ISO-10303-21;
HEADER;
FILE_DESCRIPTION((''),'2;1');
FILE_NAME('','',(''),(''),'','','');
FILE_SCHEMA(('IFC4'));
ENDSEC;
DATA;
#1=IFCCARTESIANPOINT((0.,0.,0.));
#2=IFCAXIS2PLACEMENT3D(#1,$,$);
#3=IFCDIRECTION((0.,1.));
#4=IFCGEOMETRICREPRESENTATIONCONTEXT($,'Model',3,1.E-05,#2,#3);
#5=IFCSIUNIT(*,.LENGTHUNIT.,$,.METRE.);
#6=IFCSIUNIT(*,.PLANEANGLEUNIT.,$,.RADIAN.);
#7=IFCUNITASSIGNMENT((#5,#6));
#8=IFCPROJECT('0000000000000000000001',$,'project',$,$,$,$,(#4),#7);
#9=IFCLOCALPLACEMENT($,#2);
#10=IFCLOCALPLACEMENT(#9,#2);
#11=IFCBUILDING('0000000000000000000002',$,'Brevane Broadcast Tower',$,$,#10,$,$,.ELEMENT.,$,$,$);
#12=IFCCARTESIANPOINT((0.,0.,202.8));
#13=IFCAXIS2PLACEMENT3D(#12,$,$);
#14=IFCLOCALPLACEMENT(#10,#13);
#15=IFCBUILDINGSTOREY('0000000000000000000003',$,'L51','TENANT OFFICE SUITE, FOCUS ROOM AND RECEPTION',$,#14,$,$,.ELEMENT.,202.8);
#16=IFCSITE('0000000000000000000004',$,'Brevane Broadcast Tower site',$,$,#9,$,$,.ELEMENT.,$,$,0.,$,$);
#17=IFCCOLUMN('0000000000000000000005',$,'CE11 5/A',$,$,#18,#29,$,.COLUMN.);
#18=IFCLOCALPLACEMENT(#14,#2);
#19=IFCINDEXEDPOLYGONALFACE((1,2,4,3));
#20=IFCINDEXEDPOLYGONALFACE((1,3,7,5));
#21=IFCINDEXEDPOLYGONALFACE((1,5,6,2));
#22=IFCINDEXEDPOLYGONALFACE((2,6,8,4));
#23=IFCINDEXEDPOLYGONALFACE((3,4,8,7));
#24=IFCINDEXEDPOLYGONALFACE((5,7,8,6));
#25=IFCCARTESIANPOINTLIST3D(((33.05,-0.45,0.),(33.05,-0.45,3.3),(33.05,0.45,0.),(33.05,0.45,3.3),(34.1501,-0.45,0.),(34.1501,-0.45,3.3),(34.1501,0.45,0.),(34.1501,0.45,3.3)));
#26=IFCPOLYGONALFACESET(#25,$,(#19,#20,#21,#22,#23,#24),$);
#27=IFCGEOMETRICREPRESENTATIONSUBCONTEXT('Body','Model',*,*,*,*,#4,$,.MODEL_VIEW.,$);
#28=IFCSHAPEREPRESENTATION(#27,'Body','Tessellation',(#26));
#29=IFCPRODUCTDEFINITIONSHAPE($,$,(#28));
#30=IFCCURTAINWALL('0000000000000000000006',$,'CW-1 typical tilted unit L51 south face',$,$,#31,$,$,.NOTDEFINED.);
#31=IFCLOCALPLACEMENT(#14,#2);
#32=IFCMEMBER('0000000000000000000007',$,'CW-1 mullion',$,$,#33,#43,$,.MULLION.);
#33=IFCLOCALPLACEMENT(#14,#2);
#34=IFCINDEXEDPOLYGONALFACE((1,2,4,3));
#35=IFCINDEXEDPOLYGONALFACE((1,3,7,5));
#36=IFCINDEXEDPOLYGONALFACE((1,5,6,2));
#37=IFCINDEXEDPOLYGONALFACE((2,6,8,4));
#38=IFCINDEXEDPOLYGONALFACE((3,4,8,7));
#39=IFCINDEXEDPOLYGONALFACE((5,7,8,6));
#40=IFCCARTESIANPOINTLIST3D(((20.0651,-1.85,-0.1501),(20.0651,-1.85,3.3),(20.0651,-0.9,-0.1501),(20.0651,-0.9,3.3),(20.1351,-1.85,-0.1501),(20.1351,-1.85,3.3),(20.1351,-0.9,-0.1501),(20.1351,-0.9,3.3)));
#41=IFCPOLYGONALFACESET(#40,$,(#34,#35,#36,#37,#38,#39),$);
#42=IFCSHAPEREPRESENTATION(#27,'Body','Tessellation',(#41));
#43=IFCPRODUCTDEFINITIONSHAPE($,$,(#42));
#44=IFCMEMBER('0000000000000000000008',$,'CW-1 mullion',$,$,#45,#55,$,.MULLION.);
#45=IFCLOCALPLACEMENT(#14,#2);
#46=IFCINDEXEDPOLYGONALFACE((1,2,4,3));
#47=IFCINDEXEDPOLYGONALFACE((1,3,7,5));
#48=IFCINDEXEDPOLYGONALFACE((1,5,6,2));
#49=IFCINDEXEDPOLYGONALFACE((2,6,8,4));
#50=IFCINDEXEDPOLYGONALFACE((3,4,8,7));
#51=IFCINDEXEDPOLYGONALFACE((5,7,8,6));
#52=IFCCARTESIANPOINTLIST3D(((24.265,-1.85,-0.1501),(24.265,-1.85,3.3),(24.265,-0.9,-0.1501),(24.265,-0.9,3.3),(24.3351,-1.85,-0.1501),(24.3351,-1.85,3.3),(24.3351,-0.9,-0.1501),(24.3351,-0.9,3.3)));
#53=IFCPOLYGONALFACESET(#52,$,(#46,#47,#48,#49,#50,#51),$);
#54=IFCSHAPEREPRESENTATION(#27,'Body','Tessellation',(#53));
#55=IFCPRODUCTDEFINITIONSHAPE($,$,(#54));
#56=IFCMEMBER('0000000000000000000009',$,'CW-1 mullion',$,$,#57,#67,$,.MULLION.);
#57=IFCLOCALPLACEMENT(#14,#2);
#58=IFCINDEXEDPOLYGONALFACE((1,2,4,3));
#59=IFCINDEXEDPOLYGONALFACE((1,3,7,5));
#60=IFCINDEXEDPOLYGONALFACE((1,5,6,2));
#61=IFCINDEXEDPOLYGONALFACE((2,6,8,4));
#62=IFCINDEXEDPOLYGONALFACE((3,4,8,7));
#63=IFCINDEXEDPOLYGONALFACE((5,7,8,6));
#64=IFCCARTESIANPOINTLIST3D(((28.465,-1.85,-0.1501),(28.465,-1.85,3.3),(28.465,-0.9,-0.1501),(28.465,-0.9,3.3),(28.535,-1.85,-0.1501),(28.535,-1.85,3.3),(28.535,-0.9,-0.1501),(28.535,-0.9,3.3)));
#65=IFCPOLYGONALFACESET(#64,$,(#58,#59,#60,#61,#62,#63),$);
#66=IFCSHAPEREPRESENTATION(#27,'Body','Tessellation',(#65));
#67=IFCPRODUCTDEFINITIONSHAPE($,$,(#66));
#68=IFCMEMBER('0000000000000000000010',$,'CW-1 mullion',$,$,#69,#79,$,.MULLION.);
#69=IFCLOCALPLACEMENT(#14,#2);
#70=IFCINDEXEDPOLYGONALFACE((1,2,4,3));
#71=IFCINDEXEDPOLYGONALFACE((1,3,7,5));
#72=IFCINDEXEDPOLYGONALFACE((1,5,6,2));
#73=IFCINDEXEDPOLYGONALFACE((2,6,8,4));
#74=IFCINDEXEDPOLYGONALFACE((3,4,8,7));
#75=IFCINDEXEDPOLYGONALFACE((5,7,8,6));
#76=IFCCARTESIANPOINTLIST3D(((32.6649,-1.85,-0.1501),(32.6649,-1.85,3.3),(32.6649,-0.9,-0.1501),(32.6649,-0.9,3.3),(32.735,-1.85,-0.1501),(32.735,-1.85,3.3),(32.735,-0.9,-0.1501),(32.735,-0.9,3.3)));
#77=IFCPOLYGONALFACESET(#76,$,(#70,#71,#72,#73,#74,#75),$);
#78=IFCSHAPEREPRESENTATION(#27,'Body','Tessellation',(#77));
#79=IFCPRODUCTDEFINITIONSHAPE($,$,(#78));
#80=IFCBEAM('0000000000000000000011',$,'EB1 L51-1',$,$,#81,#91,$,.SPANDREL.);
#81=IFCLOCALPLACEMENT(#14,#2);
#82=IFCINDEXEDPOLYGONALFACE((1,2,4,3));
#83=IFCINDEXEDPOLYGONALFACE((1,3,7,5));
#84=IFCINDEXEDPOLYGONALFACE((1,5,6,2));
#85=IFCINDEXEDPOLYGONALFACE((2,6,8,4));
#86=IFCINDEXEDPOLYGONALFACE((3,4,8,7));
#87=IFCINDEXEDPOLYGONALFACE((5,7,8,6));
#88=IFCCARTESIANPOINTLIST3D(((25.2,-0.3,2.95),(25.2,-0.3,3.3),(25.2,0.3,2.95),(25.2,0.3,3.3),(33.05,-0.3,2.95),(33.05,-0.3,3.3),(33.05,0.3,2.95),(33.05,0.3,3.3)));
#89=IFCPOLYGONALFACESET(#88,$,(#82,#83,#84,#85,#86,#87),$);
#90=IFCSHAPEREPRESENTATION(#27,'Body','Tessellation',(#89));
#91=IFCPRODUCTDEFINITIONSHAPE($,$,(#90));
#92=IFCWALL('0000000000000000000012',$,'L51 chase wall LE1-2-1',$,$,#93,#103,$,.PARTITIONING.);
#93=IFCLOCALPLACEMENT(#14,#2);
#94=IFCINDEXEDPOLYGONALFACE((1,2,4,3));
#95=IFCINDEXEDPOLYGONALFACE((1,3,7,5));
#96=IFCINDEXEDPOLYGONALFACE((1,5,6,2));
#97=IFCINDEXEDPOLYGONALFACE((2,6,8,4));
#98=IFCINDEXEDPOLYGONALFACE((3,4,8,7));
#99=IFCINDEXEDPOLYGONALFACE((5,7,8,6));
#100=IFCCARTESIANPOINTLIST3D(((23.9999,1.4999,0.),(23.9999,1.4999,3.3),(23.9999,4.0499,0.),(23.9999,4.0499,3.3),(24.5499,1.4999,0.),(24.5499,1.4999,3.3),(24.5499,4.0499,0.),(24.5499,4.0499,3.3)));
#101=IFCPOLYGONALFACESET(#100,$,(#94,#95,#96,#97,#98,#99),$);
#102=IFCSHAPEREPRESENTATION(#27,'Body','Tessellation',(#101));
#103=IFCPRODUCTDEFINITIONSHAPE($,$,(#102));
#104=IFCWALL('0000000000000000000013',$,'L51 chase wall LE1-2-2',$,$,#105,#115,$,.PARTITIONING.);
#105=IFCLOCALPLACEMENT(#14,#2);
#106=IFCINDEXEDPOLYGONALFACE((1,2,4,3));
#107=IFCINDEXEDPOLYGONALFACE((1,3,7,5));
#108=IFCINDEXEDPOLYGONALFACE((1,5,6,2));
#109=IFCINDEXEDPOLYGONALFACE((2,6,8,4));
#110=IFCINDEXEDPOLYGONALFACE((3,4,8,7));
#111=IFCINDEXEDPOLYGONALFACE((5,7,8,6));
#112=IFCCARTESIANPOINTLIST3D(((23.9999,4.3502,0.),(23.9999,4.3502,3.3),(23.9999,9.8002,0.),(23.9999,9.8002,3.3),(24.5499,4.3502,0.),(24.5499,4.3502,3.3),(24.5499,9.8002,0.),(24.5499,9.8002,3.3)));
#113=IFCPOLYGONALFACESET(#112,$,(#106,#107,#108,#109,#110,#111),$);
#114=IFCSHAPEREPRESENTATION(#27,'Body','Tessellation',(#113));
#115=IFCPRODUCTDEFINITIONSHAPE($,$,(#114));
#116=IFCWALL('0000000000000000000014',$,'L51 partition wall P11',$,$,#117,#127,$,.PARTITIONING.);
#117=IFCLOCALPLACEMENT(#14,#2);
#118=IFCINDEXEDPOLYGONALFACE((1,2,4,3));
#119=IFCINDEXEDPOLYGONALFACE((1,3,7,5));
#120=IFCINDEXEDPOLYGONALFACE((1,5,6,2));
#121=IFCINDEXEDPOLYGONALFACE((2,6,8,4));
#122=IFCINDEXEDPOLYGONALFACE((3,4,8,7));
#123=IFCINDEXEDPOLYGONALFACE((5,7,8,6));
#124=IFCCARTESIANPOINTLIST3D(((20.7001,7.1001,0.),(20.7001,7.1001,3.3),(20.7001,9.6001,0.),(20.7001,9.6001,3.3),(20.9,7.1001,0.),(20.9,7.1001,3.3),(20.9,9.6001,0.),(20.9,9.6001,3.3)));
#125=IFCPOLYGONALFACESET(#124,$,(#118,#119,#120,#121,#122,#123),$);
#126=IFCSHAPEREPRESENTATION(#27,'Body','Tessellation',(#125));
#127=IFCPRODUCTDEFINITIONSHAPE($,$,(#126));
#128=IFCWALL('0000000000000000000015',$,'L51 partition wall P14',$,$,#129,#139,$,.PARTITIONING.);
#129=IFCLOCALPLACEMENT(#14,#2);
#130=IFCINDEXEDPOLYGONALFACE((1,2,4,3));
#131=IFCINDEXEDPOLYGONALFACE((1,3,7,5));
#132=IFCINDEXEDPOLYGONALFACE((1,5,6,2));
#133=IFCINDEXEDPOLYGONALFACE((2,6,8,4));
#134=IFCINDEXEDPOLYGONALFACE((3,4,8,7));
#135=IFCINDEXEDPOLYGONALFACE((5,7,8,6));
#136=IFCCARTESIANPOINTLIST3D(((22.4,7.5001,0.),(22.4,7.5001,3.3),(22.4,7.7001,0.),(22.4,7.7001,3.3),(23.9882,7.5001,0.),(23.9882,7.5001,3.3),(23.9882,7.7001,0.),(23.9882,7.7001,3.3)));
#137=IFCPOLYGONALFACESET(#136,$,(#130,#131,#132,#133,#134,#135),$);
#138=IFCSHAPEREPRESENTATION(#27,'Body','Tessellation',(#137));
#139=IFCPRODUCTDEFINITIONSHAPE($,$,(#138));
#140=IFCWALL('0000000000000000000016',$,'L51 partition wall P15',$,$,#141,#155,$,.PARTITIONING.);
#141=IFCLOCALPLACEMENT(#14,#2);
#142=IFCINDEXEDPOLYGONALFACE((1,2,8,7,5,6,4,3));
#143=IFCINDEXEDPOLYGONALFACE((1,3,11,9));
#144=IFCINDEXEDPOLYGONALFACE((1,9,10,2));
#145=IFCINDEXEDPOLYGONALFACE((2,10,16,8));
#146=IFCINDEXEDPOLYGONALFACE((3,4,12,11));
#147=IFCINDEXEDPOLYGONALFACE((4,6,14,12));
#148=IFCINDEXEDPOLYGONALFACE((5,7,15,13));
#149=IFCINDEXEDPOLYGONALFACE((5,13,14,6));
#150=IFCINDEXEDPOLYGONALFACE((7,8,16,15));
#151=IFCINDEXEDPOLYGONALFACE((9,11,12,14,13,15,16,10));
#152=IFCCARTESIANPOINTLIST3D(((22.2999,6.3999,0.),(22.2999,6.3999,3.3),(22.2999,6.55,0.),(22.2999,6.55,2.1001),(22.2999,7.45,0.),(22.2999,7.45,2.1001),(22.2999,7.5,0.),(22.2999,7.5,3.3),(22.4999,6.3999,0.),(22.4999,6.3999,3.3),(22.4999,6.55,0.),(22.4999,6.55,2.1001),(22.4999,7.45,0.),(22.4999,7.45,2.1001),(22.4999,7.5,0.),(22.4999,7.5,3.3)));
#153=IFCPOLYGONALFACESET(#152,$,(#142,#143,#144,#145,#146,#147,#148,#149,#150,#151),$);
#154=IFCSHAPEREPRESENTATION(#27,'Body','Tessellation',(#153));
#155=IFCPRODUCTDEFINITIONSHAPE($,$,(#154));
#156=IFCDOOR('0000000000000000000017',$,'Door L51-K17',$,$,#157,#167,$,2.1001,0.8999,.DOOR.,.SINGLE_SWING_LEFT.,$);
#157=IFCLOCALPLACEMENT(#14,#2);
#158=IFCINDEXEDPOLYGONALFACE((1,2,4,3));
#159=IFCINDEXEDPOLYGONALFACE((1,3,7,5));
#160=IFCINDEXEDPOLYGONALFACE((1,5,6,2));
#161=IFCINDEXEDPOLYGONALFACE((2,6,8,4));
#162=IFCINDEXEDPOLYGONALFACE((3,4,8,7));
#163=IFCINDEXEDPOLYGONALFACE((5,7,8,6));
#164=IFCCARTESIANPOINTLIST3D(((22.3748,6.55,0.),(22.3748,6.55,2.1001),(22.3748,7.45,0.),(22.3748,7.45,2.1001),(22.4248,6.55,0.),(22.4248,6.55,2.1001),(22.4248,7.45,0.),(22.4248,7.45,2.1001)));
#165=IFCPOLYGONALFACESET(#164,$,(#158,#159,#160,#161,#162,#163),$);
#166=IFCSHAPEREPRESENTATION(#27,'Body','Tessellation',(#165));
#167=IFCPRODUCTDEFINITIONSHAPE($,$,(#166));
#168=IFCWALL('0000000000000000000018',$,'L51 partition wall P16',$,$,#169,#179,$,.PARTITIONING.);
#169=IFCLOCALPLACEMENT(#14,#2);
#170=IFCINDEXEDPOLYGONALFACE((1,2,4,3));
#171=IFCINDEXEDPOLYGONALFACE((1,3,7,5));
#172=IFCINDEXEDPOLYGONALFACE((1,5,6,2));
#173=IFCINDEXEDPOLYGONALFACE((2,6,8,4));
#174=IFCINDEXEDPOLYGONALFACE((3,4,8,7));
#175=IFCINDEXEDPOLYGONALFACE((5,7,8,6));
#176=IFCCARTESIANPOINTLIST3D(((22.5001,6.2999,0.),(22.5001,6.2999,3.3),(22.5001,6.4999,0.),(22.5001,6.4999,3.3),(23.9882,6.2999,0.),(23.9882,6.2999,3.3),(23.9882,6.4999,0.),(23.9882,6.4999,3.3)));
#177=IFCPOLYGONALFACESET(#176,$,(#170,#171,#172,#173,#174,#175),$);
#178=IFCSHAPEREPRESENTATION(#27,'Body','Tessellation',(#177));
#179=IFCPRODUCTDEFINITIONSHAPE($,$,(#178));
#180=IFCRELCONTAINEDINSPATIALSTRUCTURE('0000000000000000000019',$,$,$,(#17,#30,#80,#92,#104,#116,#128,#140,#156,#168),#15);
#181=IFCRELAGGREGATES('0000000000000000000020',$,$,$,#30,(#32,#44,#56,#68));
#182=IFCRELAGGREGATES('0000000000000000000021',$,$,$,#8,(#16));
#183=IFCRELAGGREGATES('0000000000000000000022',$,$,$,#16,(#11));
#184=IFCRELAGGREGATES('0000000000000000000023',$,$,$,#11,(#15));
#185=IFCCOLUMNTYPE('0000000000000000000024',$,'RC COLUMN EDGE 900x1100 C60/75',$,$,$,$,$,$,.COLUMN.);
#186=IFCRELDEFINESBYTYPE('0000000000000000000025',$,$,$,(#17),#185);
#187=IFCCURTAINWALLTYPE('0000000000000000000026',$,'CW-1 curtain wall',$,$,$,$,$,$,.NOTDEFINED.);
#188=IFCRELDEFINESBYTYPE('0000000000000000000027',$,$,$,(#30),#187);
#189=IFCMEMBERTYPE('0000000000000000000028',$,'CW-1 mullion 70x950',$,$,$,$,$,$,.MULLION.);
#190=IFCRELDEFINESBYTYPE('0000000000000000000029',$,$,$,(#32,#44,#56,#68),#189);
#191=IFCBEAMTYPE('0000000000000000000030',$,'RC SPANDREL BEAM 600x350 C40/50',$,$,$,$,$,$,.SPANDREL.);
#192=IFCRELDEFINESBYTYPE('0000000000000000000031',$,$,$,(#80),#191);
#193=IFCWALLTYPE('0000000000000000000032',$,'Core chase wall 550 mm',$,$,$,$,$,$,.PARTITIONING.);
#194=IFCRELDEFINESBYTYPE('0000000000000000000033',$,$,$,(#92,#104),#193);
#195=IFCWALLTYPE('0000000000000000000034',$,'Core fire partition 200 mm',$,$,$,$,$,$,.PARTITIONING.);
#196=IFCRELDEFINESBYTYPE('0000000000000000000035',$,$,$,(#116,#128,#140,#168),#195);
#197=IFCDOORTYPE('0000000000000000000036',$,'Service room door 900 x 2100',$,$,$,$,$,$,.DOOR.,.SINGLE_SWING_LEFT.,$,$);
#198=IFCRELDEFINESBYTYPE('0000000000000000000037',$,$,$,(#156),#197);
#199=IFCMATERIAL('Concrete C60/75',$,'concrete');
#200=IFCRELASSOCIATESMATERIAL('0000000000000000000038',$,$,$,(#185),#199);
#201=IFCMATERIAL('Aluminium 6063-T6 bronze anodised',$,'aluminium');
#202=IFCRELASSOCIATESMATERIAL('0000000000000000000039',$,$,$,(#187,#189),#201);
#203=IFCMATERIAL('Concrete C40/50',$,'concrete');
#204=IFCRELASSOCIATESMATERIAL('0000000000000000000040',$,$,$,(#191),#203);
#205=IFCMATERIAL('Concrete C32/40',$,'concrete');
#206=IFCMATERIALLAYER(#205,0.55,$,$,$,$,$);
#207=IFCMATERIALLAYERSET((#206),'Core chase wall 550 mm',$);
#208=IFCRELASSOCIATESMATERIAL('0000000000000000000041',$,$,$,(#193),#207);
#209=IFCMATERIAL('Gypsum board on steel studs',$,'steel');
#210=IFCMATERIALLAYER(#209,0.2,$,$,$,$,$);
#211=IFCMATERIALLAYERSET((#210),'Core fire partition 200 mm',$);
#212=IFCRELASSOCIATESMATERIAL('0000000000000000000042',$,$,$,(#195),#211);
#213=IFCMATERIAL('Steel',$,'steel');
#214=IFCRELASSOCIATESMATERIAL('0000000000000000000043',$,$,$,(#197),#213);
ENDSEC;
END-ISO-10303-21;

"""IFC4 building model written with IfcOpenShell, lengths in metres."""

from ifc_helpers import new_model, si_unit, direction, frame, frame_2d, origin, origin_2d, place, context, subcontext, project, spatial, rectangle, extrude, material, layer, layer_set, material_profile, profile_set, type_object, element, fill, aggregate, save


model = new_model("IFC4")

# Units and contexts
model_context = context("Model", 3, precision=1e-05, world=origin(), true_north=direction((0.0, 1.0)))
body_context = subcontext(model_context, "Body", "Model", "MODEL_VIEW")
ifc_project = project(units=[si_unit("LENGTHUNIT", "METRE"), si_unit("PLANEANGLEUNIT", "RADIAN")], contexts=[model_context])

# Site, building, storey
site_placement = place(None, origin())
site = spatial("IfcSite", under=ifc_project, at=site_placement, Name="Brevane Broadcast Tower site", CompositionType="ELEMENT", RefElevation=0.0)
building_placement = place(site_placement, origin())
building = spatial("IfcBuilding", under=site, at=building_placement, Name="Brevane Broadcast Tower", CompositionType="ELEMENT")
storey_placement = place(building_placement, frame((0.0, 0.0, 202.8)))
storey = spatial("IfcBuildingStorey", under=building, at=storey_placement, Name="L51", Description="TENANT OFFICE SUITE, FOCUS ROOM AND RECEPTION", CompositionType="ELEMENT", Elevation=202.8)

# Column
ifc_material_1 = material(Name="Concrete C60/75", Category="concrete")
ifc_material_profile_1 = material_profile(ifc_material_1, rectangle(XDim=0.8999, YDim=1.1001, at=origin_2d()), Name="RC 900x1100")
ifc_profile_set_1 = profile_set([ifc_material_profile_1], Name="Concrete C60/75")
column_type = type_object("IfcColumnType", Name="RC COLUMN EDGE 900x1100 C60/75", PredefinedType="COLUMN", material=ifc_profile_set_1)
column_placement = place(storey_placement, frame((33.6001, 0.0, 0.0), z_axis=(0.0, 0.0, 1.0), x_axis=(0.0, 1.0, 0.0)))
element("IfcColumn", 1, at=column_placement, inside=storey, type_object=column_type, Name="CE11 5/A", PredefinedType="COLUMN", context=body_context, shape_type="SweptSolid", body=[
    extrude(rectangle(XDim=0.8999, YDim=1.1001, at=origin_2d()), origin(), (0.0, 0.0, 1.0), 3.3),
])

# Curtain wall, members
ifc_material_2 = material(Name="Aluminium 6063-T6 bronze anodised", Category="aluminium")
curtain_wall_type = type_object("IfcCurtainWallType", Name="CW-1 curtain wall", PredefinedType="NOTDEFINED", material=ifc_material_2)
curtain_wall_placement = place(storey_placement, origin())
curtain_wall = element("IfcCurtainWall", 2, at=curtain_wall_placement, inside=storey, type_object=curtain_wall_type, Name="CW-1 typical tilted unit L51 south face", PredefinedType="NOTDEFINED")
ifc_material_profile_2 = material_profile(ifc_material_2, rectangle(XDim=0.95, YDim=0.0701, at=origin_2d()), Name="RECT 70x950")
ifc_profile_set_2 = profile_set([ifc_material_profile_2], Name="Aluminium 6063-T6 bronze anodised")
member_type = type_object("IfcMemberType", Name="CW-1 mullion 70x950", PredefinedType="MULLION", material=ifc_profile_set_2)
member_1_placement = place(storey_placement, frame((20.1001, -1.375, -0.1501), z_axis=(0.0, 0.0, 1.0), x_axis=(0.0, 1.0, 0.0)))
member_1 = element("IfcMember", 3, at=member_1_placement, type_object=member_type, Name="CW-1 mullion", PredefinedType="MULLION", context=body_context, shape_type="SweptSolid", body=[
    extrude(rectangle(XDim=0.95, YDim=0.0701, at=origin_2d()), origin(), (0.0, 0.0, 1.0), 3.4502),
])
member_2_placement = place(storey_placement, frame((24.3, -1.375, -0.1501), z_axis=(0.0, 0.0, 1.0), x_axis=(0.0, 1.0, 0.0)))
member_2 = element("IfcMember", 4, at=member_2_placement, type_object=member_type, Name="CW-1 mullion", PredefinedType="MULLION", context=body_context, shape_type="SweptSolid", body=[
    extrude(rectangle(XDim=0.95, YDim=0.0701, at=origin_2d()), origin(), (0.0, 0.0, 1.0), 3.4502),
])
member_3_placement = place(storey_placement, frame((28.5, -1.375, -0.1501), z_axis=(0.0, 0.0, 1.0), x_axis=(0.0, 1.0, 0.0)))
member_3 = element("IfcMember", 5, at=member_3_placement, type_object=member_type, Name="CW-1 mullion", PredefinedType="MULLION", context=body_context, shape_type="SweptSolid", body=[
    extrude(rectangle(XDim=0.95, YDim=0.0701, at=origin_2d()), origin(), (0.0, 0.0, 1.0), 3.4502),
])
member_4_placement = place(storey_placement, frame((32.7, -1.375, -0.1501), z_axis=(0.0, 0.0, 1.0), x_axis=(0.0, 1.0, 0.0)))
member_4 = element("IfcMember", 6, at=member_4_placement, type_object=member_type, Name="CW-1 mullion", PredefinedType="MULLION", context=body_context, shape_type="SweptSolid", body=[
    extrude(rectangle(XDim=0.95, YDim=0.0701, at=origin_2d()), origin(), (0.0, 0.0, 1.0), 3.4502),
])
aggregate(curtain_wall, [member_1, member_2, member_3, member_4])

# Beam
ifc_material_3 = material(Name="Concrete C40/50", Category="concrete")
ifc_material_profile_3 = material_profile(ifc_material_3, rectangle(XDim=0.6001, YDim=0.3501, at=origin_2d()), Name="RC 600x350")
ifc_profile_set_3 = profile_set([ifc_material_profile_3], Name="Concrete C40/50")
beam_type = type_object("IfcBeamType", Name="RC SPANDREL BEAM 600x350 C40/50", PredefinedType="SPANDREL", material=ifc_profile_set_3)
beam_placement = place(storey_placement, frame((25.2, 0.0, 3.125), z_axis=(1.0, 0.0, 0.0), x_axis=(0.0, 1.0, 0.0)))
element("IfcBeam", 7, at=beam_placement, inside=storey, type_object=beam_type, Name="EB1 L51-1", PredefinedType="SPANDREL", context=body_context, shape_type="SweptSolid", body=[
    extrude(rectangle(XDim=0.6001, YDim=0.3501, at=origin_2d()), origin(), (0.0, 0.0, 1.0), 7.8501),
])

# Walls
ifc_material_4 = material(Name="Concrete C32/40", Category="concrete")
ifc_layer_1 = layer(ifc_material_4, 0.55)
ifc_layer_set_1 = layer_set([ifc_layer_1], Name="Core chase wall 550 mm")
wall_type_1 = type_object("IfcWallType", Name="Core chase wall 550 mm", PredefinedType="PARTITIONING", material=ifc_layer_set_1)
wall_1_placement = place(storey_placement, frame((24.2749, 1.5, 0.0), z_axis=(0.0, 0.0, 1.0), x_axis=(0.0, 1.0, 0.0)))
element("IfcWall", 8, at=wall_1_placement, inside=storey, type_object=wall_type_1, Name="L51 chase wall LE1-2-1", PredefinedType="PARTITIONING", context=body_context, shape_type="SweptSolid", body=[
    extrude(rectangle(XDim=2.55, YDim=0.55, at=frame_2d((1.2749, 0.0))), origin(), (0.0, 0.0, 1.0), 3.3),
])
wall_2_placement = place(storey_placement, frame((24.2749, 4.3501, 0.0), z_axis=(0.0, 0.0, 1.0), x_axis=(0.0, 1.0, 0.0)))
element("IfcWall", 9, at=wall_2_placement, inside=storey, type_object=wall_type_1, Name="L51 chase wall LE1-2-2", PredefinedType="PARTITIONING", context=body_context, shape_type="SweptSolid", body=[
    extrude(rectangle(XDim=5.45, YDim=0.55, at=frame_2d((2.7251, 0.0))), origin(), (0.0, 0.0, 1.0), 3.3),
])
ifc_material_5 = material(Name="Gypsum board on steel studs", Category="steel")
ifc_layer_2 = layer(ifc_material_5, 0.2)
ifc_layer_set_2 = layer_set([ifc_layer_2], Name="Core fire partition 200 mm")
wall_type_2 = type_object("IfcWallType", Name="Core fire partition 200 mm", PredefinedType="PARTITIONING", material=ifc_layer_set_2)
wall_3_placement = place(storey_placement, frame((20.8, 7.1001, 0.0), z_axis=(0.0, 0.0, 1.0), x_axis=(0.0, 1.0, 0.0)))
element("IfcWall", 10, at=wall_3_placement, inside=storey, type_object=wall_type_2, Name="L51 partition wall P11", PredefinedType="PARTITIONING", context=body_context, shape_type="SweptSolid", body=[
    extrude(rectangle(XDim=2.5, YDim=0.2, at=frame_2d((1.25, 0.0))), origin(), (0.0, 0.0, 1.0), 3.3),
])
wall_4_placement = place(storey_placement, frame((23.988, 7.6001, 0.0), z_axis=(0.0, 0.0, 1.0), x_axis=(-1.0, 0.0, 0.0)))
element("IfcWall", 11, at=wall_4_placement, inside=storey, type_object=wall_type_2, Name="L51 partition wall P14", PredefinedType="PARTITIONING", context=body_context, shape_type="SweptSolid", body=[
    extrude(rectangle(XDim=1.5881, YDim=0.2, at=frame_2d((0.7939, 0.0))), origin(), (0.0, 0.0, 1.0), 3.3),
])

# Wall, opening, door
wall_5_placement = place(storey_placement, frame((22.3999, 7.5, 0.0), z_axis=(0.0, 0.0, 1.0), x_axis=(0.0, -1.0, 0.0)))
wall_5 = element("IfcWall", 12, at=wall_5_placement, inside=storey, type_object=wall_type_2, Name="L51 partition wall P15", PredefinedType="PARTITIONING", context=body_context, shape_type="SweptSolid", body=[
    extrude(rectangle(XDim=1.1001, YDim=0.2, at=frame_2d((0.55, 0.0))), origin(), (0.0, 0.0, 1.0), 3.3),
])
opening_1_placement = place(wall_5_placement, frame((0.05, 0.0, 0.0)))
opening_1 = element("IfcOpeningElement", 13, at=opening_1_placement, cuts=wall_5, PredefinedType="OPENING", context=body_context, shape_type="SweptSolid", body=[
    extrude(rectangle(XDim=0.8999, YDim=2.1001, at=frame_2d((0.45, 1.05))), frame((0.0, 0.1099, 0.0), z_axis=(0.0, -1.0, 0.0), x_axis=(1.0, 0.0, 0.0)), (0.0, 0.0, 1.0), 0.22),
])
ifc_material_6 = material(Name="Steel", Category="steel")
door_type_1 = type_object("IfcDoorType", Name="Service room door 900 x 2100", OperationType="SINGLE_SWING_LEFT", PredefinedType="DOOR", material=ifc_material_6)
door_1_placement = place(opening_1_placement, origin())
door_1 = element("IfcDoor", 14, at=door_1_placement, inside=storey, type_object=door_type_1, Name="Door L51-K17", OperationType="SINGLE_SWING_LEFT", OverallHeight=2.1001, OverallWidth=0.8999, PredefinedType="DOOR", context=body_context, shape_type="SweptSolid", body=[
    extrude(rectangle(XDim=0.8999, YDim=2.1001, at=frame_2d((0.45, 1.05))), frame((0.0, 0.0249, 0.0), z_axis=(0.0, -1.0, 0.0), x_axis=(1.0, 0.0, 0.0)), (0.0, 0.0, 1.0), 0.05),
])
fill(opening_1, door_1)

# Wall
wall_6_placement = place(storey_placement, frame((22.5, 6.3999, 0.0), z_axis=(0.0, 0.0, 1.0), x_axis=(1.0, 0.0, 0.0)))
element("IfcWall", 15, at=wall_6_placement, inside=storey, type_object=wall_type_2, Name="L51 partition wall P16", PredefinedType="PARTITIONING", context=body_context, shape_type="SweptSolid", body=[
    extrude(rectangle(XDim=1.488, YDim=0.2, at=frame_2d((0.7441, 0.0))), origin(), (0.0, 0.0, 1.0), 3.3),
])

save(model, "model.ifc")
